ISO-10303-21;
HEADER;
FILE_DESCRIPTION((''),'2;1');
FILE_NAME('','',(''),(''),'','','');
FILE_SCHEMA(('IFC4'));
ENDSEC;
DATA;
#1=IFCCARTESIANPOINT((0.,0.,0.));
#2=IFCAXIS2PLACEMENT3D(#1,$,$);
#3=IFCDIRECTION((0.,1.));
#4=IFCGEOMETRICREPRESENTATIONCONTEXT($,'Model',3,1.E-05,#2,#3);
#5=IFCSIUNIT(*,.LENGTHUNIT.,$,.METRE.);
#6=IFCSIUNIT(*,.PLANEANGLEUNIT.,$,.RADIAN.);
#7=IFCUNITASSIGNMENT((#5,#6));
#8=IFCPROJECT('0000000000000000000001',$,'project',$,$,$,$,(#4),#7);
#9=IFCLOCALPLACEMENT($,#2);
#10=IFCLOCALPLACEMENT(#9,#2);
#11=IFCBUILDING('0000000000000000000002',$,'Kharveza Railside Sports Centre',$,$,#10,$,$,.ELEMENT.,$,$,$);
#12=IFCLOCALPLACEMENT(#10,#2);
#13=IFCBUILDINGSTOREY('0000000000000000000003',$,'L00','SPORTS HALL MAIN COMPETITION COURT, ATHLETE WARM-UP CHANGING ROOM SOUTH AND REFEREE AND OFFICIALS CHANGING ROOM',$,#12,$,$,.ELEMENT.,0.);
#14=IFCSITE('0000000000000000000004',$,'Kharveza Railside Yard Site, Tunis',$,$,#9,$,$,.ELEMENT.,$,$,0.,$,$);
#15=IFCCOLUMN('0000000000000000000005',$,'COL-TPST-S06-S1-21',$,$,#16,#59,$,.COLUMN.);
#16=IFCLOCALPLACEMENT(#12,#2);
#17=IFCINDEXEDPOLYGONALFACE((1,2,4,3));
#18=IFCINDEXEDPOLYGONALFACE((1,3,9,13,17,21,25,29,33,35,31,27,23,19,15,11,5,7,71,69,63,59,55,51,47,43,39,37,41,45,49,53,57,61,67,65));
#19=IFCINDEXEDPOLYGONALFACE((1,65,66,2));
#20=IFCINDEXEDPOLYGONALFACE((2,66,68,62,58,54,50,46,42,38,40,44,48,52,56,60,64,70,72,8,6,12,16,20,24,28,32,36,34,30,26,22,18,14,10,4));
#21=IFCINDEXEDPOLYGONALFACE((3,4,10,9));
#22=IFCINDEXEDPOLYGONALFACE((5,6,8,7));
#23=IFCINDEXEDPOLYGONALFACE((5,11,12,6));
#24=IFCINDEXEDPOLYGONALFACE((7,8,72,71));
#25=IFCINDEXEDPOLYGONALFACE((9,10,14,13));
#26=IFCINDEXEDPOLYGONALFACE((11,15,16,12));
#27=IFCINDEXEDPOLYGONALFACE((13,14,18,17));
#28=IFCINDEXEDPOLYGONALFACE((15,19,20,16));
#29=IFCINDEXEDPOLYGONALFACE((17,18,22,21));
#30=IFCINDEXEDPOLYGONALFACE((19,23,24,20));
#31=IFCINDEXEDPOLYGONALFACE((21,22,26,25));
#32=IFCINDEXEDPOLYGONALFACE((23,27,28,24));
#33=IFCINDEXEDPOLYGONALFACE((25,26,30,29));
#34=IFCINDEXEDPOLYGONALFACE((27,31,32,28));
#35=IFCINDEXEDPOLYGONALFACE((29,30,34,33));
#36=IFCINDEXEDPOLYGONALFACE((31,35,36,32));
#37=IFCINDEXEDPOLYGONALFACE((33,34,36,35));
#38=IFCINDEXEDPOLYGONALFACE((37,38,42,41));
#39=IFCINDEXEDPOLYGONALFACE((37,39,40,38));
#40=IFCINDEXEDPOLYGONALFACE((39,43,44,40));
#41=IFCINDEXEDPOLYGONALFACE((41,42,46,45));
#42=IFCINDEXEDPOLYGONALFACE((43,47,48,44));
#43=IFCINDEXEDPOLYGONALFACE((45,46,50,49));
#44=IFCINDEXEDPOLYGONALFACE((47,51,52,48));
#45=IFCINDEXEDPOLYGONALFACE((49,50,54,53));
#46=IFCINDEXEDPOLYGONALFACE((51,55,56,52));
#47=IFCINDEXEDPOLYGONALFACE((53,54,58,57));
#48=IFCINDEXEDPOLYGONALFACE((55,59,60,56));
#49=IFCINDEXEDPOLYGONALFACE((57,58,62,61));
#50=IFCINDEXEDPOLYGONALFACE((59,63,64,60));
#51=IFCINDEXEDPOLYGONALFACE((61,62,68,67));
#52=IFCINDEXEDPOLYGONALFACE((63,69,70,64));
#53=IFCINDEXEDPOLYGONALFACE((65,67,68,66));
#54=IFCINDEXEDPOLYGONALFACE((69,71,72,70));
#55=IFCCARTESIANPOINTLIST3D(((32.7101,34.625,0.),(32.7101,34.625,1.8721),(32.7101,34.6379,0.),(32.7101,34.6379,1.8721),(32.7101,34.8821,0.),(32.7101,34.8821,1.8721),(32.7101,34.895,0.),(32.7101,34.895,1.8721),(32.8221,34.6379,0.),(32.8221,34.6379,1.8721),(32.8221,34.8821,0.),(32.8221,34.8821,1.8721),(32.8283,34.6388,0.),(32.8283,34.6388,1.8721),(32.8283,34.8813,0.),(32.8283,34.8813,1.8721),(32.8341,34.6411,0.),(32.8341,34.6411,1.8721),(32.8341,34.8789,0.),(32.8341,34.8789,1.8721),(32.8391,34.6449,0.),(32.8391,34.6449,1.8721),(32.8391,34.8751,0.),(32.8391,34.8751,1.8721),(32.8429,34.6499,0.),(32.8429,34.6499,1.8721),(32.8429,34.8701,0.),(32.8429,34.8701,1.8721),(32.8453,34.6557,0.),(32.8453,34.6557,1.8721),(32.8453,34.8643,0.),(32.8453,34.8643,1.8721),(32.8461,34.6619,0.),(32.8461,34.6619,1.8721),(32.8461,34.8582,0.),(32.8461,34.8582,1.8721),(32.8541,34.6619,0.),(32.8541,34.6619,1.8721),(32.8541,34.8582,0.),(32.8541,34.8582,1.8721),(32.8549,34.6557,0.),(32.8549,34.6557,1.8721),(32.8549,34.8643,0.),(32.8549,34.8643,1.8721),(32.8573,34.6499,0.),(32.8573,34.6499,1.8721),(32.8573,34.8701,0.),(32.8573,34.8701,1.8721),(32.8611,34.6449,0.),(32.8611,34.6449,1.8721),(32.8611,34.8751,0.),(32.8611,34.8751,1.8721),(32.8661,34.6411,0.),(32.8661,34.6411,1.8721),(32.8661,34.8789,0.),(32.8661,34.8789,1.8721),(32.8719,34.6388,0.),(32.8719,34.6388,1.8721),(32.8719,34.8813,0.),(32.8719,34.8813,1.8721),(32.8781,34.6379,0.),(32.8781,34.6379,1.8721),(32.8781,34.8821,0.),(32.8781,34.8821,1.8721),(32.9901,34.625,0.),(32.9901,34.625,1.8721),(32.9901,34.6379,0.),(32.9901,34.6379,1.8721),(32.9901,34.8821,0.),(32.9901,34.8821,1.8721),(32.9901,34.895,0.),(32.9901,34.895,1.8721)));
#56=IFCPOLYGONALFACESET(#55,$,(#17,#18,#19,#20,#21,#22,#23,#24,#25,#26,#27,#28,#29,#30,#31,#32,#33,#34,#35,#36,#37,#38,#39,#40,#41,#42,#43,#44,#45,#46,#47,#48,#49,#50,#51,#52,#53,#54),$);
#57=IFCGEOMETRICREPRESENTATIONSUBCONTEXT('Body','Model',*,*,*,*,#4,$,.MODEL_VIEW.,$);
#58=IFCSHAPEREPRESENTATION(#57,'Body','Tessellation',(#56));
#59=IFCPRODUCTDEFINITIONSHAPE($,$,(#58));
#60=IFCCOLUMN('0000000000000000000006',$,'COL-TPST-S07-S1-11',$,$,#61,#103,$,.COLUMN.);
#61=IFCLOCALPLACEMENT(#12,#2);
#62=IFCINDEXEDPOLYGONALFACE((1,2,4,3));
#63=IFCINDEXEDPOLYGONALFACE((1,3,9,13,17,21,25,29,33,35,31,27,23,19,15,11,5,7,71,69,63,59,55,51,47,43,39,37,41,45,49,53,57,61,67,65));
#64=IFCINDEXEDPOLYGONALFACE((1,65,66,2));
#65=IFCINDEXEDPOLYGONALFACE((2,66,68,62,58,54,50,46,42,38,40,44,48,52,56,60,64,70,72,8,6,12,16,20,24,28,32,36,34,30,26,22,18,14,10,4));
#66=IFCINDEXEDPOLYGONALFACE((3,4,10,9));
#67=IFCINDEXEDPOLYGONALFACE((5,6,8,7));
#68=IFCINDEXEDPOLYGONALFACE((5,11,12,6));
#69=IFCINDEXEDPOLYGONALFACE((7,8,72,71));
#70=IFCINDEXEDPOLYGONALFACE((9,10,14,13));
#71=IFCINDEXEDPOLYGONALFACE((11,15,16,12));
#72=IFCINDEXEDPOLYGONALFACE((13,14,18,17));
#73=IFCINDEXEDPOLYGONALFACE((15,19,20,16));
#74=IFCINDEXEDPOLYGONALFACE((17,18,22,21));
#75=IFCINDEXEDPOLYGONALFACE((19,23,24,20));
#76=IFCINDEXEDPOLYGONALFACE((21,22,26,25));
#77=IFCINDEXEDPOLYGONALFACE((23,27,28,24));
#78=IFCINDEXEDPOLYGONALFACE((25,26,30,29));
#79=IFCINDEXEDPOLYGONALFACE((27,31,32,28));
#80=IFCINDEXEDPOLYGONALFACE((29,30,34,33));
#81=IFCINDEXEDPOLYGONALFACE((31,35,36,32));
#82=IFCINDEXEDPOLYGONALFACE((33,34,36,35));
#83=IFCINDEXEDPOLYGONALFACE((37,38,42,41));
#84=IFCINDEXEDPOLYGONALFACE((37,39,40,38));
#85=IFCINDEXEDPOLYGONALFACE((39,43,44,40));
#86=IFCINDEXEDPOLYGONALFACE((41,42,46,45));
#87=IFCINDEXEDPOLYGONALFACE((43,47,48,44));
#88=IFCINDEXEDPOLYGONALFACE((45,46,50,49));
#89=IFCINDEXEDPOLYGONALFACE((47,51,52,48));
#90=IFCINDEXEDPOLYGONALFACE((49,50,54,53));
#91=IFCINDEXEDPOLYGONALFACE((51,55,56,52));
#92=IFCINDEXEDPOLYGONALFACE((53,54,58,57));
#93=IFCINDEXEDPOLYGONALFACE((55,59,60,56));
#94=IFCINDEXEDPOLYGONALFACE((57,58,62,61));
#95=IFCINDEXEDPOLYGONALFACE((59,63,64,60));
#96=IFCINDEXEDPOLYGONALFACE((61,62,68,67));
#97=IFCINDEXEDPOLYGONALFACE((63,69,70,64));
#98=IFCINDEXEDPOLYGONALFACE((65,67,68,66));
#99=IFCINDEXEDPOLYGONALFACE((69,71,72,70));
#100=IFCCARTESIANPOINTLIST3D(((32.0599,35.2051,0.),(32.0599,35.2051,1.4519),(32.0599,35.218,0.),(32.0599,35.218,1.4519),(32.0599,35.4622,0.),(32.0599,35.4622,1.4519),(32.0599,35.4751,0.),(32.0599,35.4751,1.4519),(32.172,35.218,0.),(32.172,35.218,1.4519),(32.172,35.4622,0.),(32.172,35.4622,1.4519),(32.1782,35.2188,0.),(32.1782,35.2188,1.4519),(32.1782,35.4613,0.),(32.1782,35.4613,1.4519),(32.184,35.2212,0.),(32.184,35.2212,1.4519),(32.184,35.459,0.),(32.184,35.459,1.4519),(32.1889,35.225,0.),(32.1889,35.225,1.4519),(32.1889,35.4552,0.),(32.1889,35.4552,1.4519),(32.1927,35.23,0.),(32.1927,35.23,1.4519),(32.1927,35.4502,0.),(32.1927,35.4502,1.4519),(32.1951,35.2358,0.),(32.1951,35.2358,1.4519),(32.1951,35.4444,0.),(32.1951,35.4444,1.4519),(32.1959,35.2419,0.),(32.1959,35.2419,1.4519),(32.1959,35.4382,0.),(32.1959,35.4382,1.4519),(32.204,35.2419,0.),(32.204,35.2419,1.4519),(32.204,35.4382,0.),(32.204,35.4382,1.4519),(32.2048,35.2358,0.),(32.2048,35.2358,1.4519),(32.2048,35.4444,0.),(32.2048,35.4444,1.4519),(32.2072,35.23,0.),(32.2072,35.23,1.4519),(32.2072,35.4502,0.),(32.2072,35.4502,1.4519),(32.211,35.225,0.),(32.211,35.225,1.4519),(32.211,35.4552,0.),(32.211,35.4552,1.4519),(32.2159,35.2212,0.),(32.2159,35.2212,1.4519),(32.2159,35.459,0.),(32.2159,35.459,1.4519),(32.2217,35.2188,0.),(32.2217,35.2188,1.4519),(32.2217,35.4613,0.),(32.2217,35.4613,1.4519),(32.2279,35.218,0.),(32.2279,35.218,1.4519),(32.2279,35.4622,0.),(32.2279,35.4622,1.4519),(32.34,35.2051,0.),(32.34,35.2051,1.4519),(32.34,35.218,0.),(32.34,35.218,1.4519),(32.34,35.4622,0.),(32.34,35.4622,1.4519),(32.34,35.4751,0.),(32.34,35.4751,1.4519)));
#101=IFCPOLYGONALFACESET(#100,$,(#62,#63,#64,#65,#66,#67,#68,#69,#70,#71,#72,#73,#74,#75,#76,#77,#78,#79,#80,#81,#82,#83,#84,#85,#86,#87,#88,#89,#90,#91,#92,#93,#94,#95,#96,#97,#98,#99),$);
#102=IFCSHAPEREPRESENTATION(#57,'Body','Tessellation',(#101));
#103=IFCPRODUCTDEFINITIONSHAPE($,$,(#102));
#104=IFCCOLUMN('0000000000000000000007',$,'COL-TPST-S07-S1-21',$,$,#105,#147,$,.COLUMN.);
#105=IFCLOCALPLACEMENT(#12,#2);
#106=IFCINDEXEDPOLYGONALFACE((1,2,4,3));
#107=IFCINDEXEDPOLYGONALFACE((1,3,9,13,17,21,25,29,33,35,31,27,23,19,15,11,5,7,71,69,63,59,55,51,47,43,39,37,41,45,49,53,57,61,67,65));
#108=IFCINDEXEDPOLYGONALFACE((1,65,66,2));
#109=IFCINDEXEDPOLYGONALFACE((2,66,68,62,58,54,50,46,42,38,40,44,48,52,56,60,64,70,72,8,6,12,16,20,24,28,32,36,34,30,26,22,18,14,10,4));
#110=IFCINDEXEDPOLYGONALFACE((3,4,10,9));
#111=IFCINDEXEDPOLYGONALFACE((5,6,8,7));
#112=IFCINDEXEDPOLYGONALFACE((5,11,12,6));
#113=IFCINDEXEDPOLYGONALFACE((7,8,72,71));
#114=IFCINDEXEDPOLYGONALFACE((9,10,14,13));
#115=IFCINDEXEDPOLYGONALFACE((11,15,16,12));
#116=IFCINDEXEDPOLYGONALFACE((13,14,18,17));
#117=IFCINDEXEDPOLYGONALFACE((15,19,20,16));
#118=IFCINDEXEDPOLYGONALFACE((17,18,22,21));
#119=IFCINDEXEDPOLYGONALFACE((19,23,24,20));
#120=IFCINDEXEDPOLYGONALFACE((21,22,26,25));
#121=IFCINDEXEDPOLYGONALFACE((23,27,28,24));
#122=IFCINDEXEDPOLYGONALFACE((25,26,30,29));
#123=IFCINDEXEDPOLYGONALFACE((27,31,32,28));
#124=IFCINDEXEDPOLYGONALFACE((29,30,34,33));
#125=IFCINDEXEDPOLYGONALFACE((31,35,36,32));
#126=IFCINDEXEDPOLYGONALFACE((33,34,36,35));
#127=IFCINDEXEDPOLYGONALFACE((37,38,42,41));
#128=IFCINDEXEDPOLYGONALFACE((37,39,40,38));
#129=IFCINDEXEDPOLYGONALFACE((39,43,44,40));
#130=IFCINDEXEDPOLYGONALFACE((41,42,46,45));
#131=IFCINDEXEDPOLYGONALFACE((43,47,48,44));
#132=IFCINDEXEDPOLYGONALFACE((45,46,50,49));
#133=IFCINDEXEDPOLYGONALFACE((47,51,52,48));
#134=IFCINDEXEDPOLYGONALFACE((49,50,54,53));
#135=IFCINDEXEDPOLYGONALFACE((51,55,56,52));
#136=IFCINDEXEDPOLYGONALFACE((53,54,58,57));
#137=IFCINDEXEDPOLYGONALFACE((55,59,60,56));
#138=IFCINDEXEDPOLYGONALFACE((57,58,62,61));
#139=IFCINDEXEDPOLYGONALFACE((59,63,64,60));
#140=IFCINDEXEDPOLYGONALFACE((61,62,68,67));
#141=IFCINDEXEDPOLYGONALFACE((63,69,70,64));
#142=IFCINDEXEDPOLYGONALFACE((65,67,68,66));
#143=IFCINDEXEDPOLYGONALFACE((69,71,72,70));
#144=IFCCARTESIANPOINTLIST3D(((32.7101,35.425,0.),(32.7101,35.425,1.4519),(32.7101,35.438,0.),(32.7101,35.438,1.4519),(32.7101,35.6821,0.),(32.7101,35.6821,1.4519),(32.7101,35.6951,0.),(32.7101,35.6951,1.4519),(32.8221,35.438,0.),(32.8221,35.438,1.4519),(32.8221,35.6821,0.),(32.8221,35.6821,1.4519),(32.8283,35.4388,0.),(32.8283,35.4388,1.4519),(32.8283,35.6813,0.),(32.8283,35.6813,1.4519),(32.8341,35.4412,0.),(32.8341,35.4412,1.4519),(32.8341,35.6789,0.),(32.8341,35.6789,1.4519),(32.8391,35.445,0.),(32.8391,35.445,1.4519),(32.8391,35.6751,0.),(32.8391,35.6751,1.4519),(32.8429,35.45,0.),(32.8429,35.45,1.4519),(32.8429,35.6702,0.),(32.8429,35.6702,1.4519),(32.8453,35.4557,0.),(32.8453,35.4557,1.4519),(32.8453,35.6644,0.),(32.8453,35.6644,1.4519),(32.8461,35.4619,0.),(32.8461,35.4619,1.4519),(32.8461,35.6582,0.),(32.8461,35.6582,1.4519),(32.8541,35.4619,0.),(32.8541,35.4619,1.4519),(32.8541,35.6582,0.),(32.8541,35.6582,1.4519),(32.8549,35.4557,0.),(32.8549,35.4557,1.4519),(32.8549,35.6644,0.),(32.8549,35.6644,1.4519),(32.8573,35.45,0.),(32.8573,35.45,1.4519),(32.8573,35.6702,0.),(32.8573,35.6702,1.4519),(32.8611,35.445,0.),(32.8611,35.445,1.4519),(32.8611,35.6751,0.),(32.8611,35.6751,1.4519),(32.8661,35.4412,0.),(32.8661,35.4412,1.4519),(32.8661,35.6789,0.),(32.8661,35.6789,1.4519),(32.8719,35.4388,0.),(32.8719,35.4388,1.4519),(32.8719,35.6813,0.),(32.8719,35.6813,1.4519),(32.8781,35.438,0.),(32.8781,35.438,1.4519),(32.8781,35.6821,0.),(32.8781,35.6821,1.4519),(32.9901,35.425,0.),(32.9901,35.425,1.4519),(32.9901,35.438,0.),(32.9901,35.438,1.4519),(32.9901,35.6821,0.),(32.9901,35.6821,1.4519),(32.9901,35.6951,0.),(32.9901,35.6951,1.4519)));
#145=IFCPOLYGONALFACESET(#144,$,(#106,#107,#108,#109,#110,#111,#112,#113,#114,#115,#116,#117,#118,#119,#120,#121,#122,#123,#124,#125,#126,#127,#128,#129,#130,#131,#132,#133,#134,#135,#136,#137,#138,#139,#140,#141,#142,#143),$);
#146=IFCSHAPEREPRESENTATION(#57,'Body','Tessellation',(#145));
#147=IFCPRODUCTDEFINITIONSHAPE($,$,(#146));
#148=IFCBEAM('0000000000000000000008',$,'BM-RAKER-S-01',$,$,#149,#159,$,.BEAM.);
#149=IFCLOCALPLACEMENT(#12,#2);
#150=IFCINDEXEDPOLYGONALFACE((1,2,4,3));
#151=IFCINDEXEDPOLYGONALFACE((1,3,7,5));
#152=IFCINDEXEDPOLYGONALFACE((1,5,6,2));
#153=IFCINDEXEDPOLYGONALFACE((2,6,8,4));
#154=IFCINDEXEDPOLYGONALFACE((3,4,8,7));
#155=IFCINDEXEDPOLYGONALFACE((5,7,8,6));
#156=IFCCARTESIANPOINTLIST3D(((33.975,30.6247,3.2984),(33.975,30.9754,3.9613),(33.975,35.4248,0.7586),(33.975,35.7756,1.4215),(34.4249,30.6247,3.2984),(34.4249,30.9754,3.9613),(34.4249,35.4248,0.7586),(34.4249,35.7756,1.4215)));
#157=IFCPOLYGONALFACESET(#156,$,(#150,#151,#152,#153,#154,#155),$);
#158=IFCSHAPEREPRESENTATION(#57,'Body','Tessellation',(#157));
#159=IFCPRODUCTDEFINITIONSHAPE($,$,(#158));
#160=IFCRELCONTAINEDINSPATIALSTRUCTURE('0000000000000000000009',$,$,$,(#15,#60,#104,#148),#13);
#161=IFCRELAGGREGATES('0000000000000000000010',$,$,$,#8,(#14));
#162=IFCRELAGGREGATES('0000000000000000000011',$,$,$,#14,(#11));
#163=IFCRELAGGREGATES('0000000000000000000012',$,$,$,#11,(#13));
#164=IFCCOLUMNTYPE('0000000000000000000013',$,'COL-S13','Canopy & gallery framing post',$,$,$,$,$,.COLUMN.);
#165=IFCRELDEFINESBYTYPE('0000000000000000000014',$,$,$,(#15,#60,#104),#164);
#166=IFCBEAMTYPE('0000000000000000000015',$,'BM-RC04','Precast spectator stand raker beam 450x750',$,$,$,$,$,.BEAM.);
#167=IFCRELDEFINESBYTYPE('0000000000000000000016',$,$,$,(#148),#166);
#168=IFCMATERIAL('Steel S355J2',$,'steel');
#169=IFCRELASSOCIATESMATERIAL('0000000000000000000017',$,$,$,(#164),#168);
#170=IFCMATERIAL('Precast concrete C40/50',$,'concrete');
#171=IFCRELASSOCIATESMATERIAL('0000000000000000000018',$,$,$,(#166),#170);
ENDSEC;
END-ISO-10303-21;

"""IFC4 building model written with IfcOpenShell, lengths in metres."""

from ifc_helpers import new_model, si_unit, direction, frame, origin, origin_2d, place, context, subcontext, project, spatial, rectangle, i_section, extrude, material, material_profile, profile_set, type_object, element, save


model = new_model("IFC4")

# Units and contexts
model_context = context("Model", 3, precision=1e-05, world=origin(), true_north=direction((0.0, 1.0)))
body_context = subcontext(model_context, "Body", "Model", "MODEL_VIEW")
ifc_project = project(units=[si_unit("LENGTHUNIT", "METRE"), si_unit("PLANEANGLEUNIT", "RADIAN")], contexts=[model_context])

# Site, building, storey
site_placement = place(None, origin())
site = spatial("IfcSite", under=ifc_project, at=site_placement, Name="Kharveza Railside Yard Site, Tunis", CompositionType="ELEMENT", RefElevation=0.0)
building_placement = place(site_placement, origin())
building = spatial("IfcBuilding", under=site, at=building_placement, Name="Kharveza Railside Sports Centre", CompositionType="ELEMENT")
storey_placement = place(building_placement, origin())
storey = spatial("IfcBuildingStorey", under=building, at=storey_placement, Name="L00", Description="SPORTS HALL MAIN COMPETITION COURT, ATHLETE WARM-UP CHANGING ROOM SOUTH AND REFEREE AND OFFICIALS CHANGING ROOM", CompositionType="ELEMENT", Elevation=0.0)

# Columns
ifc_material_1 = material(Name="Steel S355J2", Category="steel")
ifc_material_profile_1 = material_profile(ifc_material_1, i_section(OverallWidth=0.28, OverallDepth=0.27, WebThickness=0.0081, FlangeThickness=0.0129, FilletRadius=0.0239, at=origin_2d()), Name="HEA 280")
ifc_profile_set_1 = profile_set([ifc_material_profile_1], Name="Steel S355J2")
column_type_1 = type_object("IfcColumnType", Name="COL-S13", Description="Canopy & gallery framing post", PredefinedType="COLUMN", material=ifc_profile_set_1)
for number, where, z_axis, x_axis, name in (
    (1, (32.8501, 34.76, 0.0), (0.0, 0.0, 1.0), (1.0, 0.0, 0.0), "COL-TPST-S06-S1-21"),
):
    element("IfcColumn", number, at=place(storey_placement, frame(where, z_axis=z_axis, x_axis=x_axis)), inside=storey, type_object=column_type_1, Name=name, PredefinedType="COLUMN", context=body_context, shape_type="SweptSolid", body=[
        extrude(i_section(OverallWidth=0.28, OverallDepth=0.27, WebThickness=0.0081, FlangeThickness=0.0129, FilletRadius=0.0239, at=origin_2d()), origin(), (0.0, 0.0, 1.0), 1.8721),
    ])
for number, where, z_axis, x_axis, name in (
    (2, (32.2, 35.3401, 0.0), (0.0, 0.0, 1.0), (1.0, 0.0, 0.0), "COL-TPST-S07-S1-11"),
    (3, (32.8501, 35.5601, 0.0), (0.0, 0.0, 1.0), (1.0, 0.0, 0.0), "COL-TPST-S07-S1-21"),
):
    element("IfcColumn", number, at=place(storey_placement, frame(where, z_axis=z_axis, x_axis=x_axis)), inside=storey, type_object=column_type_1, Name=name, PredefinedType="COLUMN", context=body_context, shape_type="SweptSolid", body=[
        extrude(i_section(OverallWidth=0.28, OverallDepth=0.27, WebThickness=0.0081, FlangeThickness=0.0129, FilletRadius=0.0239, at=origin_2d()), origin(), (0.0, 0.0, 1.0), 1.4519),
    ])

# Beam
ifc_material_2 = material(Name="Precast concrete C40/50", Category="concrete")
ifc_material_profile_2 = material_profile(ifc_material_2, rectangle(XDim=0.45, YDim=0.75, at=origin_2d()), Name="RCB 450x750")
ifc_profile_set_2 = profile_set([ifc_material_profile_2], Name="Precast concrete C40/50")
beam_type_1 = type_object("IfcBeamType", Name="BM-RC04", Description="Precast spectator stand raker beam 450x750", PredefinedType="BEAM", material=ifc_profile_set_2)
beam_1_placement = place(storey_placement, frame((34.2, 30.8, 3.6299), z_axis=(0.0, 0.883895, -0.467685), x_axis=(-1.0, 0.0, 0.0)))
element("IfcBeam", 4, at=beam_1_placement, inside=storey, type_object=beam_type_1, Name="BM-RAKER-S-01", PredefinedType="BEAM", context=body_context, shape_type="SweptSolid", body=[
    extrude(rectangle(XDim=0.45, YDim=0.75, at=origin_2d()), origin(), (0.0, 0.0, 1.0), 5.4307),
])

save(model, "model.ifc")
